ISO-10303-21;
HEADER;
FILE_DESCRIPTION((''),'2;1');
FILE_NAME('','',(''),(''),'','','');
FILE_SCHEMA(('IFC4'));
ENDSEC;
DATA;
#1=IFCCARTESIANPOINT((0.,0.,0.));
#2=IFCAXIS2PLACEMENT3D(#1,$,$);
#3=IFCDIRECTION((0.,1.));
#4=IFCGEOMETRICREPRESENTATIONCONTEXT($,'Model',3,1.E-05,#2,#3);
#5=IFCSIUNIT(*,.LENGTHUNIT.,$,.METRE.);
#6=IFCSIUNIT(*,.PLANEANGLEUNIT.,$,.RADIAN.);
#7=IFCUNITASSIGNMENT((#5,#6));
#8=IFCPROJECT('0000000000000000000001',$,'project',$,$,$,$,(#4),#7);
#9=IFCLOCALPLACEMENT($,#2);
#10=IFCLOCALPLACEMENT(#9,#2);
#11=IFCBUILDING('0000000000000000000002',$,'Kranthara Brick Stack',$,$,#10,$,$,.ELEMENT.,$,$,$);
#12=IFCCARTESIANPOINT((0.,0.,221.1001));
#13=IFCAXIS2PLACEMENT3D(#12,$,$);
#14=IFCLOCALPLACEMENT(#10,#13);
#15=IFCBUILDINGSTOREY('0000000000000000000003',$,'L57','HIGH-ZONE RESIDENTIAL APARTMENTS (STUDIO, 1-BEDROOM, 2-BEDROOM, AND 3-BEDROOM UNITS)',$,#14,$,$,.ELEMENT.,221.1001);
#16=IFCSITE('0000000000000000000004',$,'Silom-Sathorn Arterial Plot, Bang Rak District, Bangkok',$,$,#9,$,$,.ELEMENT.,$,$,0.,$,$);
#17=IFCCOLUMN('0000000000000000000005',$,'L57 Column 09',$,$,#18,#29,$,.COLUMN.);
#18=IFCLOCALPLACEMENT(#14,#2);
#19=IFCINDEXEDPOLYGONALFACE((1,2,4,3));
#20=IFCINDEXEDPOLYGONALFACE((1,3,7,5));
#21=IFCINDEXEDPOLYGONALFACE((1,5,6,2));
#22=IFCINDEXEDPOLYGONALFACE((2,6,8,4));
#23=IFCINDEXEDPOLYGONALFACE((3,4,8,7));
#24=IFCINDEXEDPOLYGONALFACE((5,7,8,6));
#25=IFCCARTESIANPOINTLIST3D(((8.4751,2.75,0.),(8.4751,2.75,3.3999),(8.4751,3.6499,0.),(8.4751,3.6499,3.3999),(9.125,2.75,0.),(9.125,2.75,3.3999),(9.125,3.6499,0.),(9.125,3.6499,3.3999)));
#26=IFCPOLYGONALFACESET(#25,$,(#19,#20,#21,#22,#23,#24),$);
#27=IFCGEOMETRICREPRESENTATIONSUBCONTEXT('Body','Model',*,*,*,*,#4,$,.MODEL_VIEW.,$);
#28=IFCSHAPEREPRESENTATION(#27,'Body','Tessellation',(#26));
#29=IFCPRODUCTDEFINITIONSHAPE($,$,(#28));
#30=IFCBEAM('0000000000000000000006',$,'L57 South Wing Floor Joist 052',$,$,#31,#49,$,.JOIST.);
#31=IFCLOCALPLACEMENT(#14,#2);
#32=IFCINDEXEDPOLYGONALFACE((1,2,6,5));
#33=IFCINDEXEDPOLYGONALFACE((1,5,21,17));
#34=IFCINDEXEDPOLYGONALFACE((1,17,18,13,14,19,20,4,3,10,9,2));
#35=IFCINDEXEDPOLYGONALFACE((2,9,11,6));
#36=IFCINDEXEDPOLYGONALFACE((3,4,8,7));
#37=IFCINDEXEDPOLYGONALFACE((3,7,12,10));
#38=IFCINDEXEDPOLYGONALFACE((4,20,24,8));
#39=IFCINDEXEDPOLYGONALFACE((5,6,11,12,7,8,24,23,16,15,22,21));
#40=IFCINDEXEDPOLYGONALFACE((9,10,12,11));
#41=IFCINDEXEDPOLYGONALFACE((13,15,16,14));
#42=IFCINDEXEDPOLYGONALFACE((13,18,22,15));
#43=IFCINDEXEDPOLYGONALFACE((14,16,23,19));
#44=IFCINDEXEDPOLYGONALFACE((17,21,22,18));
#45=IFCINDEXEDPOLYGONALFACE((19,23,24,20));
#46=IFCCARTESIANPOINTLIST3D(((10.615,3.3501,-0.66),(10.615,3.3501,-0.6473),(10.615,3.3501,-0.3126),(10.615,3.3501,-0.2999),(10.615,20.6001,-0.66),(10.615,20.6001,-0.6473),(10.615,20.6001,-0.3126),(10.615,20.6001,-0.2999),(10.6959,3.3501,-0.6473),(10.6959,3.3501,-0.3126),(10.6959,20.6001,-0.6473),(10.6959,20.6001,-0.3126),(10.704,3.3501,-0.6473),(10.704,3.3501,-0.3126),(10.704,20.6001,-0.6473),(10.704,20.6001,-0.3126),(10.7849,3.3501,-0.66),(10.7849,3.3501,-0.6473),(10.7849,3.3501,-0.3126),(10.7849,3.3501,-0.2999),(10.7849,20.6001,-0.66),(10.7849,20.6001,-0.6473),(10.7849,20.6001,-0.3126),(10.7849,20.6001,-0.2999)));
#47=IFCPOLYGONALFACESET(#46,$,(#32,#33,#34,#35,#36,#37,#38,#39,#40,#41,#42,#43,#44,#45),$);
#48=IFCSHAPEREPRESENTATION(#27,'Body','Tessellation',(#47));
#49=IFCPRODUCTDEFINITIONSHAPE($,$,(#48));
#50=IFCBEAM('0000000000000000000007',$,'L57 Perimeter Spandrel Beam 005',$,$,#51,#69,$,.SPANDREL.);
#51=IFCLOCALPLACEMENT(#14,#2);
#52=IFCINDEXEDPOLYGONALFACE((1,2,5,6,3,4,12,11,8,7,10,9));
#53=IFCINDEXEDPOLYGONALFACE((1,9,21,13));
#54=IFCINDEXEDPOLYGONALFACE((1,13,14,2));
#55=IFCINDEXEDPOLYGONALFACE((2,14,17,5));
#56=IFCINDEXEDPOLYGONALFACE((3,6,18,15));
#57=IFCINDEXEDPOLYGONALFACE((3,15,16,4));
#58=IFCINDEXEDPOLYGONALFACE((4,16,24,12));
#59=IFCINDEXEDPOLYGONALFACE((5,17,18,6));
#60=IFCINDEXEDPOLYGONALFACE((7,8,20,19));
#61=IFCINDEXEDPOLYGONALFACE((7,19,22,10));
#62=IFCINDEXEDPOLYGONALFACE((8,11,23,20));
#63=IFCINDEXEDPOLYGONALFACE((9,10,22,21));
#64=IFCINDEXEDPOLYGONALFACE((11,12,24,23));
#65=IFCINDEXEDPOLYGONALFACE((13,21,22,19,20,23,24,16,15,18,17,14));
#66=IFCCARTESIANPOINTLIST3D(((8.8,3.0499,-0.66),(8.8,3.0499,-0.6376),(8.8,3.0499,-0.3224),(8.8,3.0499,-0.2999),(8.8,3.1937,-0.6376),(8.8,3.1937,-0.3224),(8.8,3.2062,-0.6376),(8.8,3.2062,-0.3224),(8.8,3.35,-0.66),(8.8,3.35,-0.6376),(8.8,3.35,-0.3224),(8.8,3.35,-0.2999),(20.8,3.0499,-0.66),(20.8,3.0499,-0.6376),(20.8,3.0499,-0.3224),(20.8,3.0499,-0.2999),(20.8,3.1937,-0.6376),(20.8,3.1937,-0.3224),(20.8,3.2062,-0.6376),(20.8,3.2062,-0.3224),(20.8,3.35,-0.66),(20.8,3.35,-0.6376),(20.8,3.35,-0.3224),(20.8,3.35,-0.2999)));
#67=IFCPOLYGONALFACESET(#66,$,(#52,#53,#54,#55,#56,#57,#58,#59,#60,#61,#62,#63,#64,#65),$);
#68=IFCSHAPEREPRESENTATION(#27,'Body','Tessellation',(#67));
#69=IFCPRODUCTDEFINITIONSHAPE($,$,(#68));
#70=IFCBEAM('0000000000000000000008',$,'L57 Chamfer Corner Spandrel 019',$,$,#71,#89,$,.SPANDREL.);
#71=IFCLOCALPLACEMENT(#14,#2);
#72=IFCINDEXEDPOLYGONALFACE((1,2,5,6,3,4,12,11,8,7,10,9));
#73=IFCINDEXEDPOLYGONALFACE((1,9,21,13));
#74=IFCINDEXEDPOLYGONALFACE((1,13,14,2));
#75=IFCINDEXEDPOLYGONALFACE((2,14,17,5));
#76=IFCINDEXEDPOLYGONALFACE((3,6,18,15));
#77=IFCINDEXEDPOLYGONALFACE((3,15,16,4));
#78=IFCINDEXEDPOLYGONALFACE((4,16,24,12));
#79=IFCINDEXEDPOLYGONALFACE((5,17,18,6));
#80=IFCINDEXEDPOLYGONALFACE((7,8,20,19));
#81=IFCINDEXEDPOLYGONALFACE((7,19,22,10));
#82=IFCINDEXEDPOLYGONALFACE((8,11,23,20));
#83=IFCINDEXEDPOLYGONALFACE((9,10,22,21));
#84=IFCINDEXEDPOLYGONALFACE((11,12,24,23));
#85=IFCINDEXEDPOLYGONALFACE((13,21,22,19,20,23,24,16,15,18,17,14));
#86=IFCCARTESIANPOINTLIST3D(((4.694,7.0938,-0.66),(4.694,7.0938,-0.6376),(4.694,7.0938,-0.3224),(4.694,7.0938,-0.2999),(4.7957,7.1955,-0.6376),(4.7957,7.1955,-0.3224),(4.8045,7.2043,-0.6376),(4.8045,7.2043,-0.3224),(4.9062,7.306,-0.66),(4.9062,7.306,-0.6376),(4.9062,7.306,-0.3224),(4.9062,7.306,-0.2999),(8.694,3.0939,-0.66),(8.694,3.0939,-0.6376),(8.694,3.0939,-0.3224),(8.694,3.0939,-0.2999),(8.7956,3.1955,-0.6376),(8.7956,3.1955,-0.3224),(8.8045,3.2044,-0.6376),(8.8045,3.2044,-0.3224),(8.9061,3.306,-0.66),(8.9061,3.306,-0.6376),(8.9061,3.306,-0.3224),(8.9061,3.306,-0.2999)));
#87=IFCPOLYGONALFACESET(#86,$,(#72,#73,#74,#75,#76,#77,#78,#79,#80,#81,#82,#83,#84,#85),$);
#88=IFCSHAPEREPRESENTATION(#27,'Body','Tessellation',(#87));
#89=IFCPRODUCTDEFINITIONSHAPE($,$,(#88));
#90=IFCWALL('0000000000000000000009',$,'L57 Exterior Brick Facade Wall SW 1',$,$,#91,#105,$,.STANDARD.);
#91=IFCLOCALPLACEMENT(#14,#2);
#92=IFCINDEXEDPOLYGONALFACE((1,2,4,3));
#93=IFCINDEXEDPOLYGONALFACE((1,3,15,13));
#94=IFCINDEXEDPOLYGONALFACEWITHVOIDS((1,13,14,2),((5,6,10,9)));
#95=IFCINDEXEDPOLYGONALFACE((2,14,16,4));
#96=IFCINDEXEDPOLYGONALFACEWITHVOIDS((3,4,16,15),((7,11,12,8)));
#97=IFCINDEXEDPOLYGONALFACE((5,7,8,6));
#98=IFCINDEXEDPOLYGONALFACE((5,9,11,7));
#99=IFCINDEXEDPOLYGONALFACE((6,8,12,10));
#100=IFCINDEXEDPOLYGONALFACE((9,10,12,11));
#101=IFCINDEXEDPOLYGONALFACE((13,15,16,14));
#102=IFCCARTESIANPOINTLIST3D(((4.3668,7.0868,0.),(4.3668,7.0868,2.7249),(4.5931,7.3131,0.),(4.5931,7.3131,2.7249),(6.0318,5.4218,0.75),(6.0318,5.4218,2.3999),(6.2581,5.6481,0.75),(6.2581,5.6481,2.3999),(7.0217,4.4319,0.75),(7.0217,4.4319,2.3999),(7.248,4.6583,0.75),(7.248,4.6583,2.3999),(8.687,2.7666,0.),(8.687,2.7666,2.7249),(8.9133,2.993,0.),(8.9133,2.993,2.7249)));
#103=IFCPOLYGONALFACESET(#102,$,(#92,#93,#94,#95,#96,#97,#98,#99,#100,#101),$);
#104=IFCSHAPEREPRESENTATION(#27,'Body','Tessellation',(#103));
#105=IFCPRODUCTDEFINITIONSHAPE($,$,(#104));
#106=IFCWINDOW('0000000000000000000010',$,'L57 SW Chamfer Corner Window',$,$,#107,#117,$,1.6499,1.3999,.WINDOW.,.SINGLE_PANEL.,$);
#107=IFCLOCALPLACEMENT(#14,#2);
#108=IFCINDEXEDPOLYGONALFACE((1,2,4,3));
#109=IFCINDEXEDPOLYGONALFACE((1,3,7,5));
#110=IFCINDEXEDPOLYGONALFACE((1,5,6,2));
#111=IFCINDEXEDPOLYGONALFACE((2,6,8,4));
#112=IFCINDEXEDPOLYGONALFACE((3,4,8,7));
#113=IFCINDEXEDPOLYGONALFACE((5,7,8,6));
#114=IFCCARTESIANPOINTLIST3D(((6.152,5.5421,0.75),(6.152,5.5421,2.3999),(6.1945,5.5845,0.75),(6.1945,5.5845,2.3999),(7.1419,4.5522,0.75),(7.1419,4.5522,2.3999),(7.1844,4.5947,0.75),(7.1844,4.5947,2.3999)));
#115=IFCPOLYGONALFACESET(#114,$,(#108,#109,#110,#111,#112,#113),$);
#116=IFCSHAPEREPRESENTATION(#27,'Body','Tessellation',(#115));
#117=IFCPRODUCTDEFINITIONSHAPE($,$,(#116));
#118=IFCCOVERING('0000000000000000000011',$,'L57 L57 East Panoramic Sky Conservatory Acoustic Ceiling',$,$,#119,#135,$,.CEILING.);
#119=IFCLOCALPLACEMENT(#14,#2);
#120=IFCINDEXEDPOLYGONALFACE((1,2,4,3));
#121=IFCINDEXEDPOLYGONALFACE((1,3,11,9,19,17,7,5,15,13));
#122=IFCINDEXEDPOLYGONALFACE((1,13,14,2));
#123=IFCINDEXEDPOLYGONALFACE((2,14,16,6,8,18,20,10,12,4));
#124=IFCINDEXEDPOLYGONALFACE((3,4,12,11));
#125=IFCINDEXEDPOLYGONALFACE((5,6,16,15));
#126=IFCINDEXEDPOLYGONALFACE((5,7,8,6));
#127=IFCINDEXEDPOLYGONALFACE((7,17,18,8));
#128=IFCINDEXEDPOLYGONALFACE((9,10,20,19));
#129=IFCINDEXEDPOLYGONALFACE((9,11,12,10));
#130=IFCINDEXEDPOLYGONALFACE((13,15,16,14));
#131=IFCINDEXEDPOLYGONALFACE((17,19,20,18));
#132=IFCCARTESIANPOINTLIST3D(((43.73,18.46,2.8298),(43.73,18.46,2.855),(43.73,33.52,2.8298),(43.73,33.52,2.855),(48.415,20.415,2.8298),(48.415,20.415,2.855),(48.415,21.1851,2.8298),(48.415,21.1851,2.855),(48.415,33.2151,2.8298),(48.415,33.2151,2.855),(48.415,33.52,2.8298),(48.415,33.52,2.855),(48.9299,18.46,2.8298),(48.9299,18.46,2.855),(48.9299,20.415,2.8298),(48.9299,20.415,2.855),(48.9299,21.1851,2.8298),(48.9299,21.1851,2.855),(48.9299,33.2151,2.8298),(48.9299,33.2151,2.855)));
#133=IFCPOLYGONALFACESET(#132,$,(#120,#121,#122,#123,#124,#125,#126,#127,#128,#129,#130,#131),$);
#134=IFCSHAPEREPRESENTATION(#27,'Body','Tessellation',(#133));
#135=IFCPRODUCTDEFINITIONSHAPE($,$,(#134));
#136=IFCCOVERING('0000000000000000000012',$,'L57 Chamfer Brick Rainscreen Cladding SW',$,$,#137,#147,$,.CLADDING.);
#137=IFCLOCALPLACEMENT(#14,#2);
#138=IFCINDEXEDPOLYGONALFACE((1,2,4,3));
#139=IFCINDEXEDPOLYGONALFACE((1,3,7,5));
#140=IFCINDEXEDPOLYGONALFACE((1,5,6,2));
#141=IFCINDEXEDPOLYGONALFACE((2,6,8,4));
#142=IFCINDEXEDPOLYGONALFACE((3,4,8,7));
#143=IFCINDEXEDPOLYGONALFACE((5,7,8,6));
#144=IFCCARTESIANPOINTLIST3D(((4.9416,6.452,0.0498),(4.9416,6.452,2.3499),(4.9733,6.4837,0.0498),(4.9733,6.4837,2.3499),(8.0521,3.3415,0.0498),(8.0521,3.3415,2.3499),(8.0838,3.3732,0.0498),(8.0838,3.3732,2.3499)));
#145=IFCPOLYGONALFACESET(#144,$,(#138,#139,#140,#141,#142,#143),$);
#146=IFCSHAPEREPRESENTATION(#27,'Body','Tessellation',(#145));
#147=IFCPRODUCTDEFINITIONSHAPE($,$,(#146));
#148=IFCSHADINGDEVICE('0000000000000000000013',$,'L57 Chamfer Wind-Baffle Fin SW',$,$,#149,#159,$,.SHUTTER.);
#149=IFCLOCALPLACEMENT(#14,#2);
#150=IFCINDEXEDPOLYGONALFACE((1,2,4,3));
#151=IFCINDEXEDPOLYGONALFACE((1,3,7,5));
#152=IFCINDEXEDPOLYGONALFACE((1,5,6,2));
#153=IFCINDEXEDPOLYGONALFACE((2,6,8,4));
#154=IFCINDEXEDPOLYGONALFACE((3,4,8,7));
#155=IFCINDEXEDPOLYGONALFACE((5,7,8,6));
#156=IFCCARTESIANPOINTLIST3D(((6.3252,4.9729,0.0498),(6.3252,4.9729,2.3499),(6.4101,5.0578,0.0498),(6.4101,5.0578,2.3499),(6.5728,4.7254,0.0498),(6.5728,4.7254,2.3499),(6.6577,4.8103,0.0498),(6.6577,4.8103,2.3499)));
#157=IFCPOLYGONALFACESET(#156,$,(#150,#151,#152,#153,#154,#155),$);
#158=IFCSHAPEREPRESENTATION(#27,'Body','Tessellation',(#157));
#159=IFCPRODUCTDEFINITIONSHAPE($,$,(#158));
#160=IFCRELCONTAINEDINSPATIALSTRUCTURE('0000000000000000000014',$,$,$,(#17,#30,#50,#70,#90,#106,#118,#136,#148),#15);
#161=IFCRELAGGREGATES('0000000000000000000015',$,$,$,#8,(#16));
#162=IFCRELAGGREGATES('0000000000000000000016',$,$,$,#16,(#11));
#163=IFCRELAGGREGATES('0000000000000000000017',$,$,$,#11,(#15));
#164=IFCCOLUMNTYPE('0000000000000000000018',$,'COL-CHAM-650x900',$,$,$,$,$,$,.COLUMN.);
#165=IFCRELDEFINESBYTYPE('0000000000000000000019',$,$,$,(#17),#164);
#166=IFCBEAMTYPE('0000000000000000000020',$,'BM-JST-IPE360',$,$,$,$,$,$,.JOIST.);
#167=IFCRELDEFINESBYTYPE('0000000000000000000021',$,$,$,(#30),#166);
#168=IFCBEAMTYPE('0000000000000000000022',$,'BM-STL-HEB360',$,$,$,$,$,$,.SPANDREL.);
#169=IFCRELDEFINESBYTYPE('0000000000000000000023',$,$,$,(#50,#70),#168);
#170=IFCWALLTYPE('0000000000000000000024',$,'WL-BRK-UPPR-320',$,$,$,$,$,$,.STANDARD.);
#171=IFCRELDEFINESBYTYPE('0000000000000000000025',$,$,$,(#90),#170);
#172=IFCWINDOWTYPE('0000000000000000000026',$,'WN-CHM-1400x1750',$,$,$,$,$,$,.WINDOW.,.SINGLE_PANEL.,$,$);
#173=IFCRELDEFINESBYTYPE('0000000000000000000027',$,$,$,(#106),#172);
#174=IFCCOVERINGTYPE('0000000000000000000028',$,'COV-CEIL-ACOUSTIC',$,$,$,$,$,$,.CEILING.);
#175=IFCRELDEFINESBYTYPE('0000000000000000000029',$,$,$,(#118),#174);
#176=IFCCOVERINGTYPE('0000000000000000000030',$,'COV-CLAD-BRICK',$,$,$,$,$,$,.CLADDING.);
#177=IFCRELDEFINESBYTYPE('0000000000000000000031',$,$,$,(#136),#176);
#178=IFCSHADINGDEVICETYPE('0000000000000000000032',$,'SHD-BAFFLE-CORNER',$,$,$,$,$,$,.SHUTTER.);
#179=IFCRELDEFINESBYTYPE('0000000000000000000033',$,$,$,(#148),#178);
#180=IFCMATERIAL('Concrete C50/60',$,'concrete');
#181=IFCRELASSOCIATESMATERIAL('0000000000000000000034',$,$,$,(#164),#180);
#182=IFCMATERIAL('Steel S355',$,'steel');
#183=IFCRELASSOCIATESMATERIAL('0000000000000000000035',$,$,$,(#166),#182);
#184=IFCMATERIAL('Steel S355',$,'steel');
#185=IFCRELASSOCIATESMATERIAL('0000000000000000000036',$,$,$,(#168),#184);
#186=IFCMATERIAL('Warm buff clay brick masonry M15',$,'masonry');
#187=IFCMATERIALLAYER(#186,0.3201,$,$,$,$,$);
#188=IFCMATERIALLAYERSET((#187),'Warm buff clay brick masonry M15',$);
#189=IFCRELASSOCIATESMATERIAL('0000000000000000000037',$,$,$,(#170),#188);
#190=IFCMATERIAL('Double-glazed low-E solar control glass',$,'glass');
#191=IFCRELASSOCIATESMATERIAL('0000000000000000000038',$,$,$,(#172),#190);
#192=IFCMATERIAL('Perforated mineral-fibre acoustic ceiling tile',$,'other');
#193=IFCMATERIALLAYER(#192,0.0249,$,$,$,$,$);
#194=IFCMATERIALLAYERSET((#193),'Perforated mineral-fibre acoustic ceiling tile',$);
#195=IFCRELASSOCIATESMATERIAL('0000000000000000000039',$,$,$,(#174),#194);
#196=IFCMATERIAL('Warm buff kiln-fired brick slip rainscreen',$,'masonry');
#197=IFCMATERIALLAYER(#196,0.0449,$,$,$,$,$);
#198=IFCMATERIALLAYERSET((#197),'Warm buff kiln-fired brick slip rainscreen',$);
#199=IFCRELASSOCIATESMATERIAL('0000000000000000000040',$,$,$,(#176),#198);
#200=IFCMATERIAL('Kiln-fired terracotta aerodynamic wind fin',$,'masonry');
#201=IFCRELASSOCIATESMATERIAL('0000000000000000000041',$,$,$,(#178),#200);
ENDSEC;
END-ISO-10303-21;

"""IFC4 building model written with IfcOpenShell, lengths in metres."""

from ifc_helpers import new_model, si_unit, direction, frame, frame_2d, origin, origin_2d, place, context, subcontext, project, spatial, polyline, rectangle, i_section, outline, extrude, material, layer, layer_set, material_profile, profile_set, type_object, element, fill, save


model = new_model("IFC4")

# Units and contexts
model_context = context("Model", 3, precision=1e-05, world=origin(), true_north=direction((0.0, 1.0)))
body_context = subcontext(model_context, "Body", "Model", "MODEL_VIEW")
ifc_project = project(units=[si_unit("LENGTHUNIT", "METRE"), si_unit("PLANEANGLEUNIT", "RADIAN")], contexts=[model_context])

# Site, building, storey
site_placement = place(None, origin())
site = spatial("IfcSite", under=ifc_project, at=site_placement, Name="Silom-Sathorn Arterial Plot, Bang Rak District, Bangkok", CompositionType="ELEMENT", RefElevation=0.0)
building_placement = place(site_placement, origin())
building = spatial("IfcBuilding", under=site, at=building_placement, Name="Kranthara Brick Stack", CompositionType="ELEMENT")
storey_placement = place(building_placement, frame((0.0, 0.0, 221.1001)))
storey = spatial("IfcBuildingStorey", under=building, at=storey_placement, Name="L57", Description="HIGH-ZONE RESIDENTIAL APARTMENTS (STUDIO, 1-BEDROOM, 2-BEDROOM, AND 3-BEDROOM UNITS)", CompositionType="ELEMENT", Elevation=221.1001)

# Column
ifc_material_1 = material(Name="Concrete C50/60", Category="concrete")
ifc_material_profile_1 = material_profile(ifc_material_1, rectangle(XDim=0.6499, YDim=0.8999, at=origin_2d()), Name="RC 650x900")
ifc_profile_set_1 = profile_set([ifc_material_profile_1], Name="Concrete C50/60")
column_type = type_object("IfcColumnType", Name="COL-CHAM-650x900", PredefinedType="COLUMN", material=ifc_profile_set_1)
column_placement = place(storey_placement, frame((8.8, 3.2, 0.0), z_axis=(0.0, 0.0, 1.0), x_axis=(1.0, 0.0, 0.0)))
element("IfcColumn", 1, at=column_placement, inside=storey, type_object=column_type, Name="L57 Column 09", PredefinedType="COLUMN", context=body_context, shape_type="SweptSolid", body=[
    extrude(rectangle(XDim=0.6499, YDim=0.8999, at=origin_2d()), origin(), (0.0, 0.0, 1.0), 3.3999),
])

# Beams
ifc_material_2 = material(Name="Steel S355", Category="steel")
ifc_material_profile_2 = material_profile(ifc_material_2, i_section(OverallWidth=0.1699, OverallDepth=0.3601, WebThickness=0.0081, FlangeThickness=0.0127, at=origin_2d()), Name="IPE 360")
ifc_profile_set_2 = profile_set([ifc_material_profile_2], Name="Steel S355")
beam_type_1 = type_object("IfcBeamType", Name="BM-JST-IPE360", PredefinedType="JOIST", material=ifc_profile_set_2)
beam_1_placement = place(storey_placement, frame((10.7, 3.3501, -0.48), z_axis=(0.0, 1.0, 0.0), x_axis=(-1.0, 0.0, 0.0)))
element("IfcBeam", 2, at=beam_1_placement, inside=storey, type_object=beam_type_1, Name="L57 South Wing Floor Joist 052", PredefinedType="JOIST", context=body_context, shape_type="SweptSolid", body=[
    extrude(i_section(OverallWidth=0.1699, OverallDepth=0.3601, WebThickness=0.0081, FlangeThickness=0.0127, at=origin_2d()), origin(), (0.0, 0.0, 1.0), 17.25),
])
ifc_material_3 = material(Name="Steel S355", Category="steel")
ifc_material_profile_3 = material_profile(ifc_material_3, i_section(OverallWidth=0.3, OverallDepth=0.3601, WebThickness=0.0125, FlangeThickness=0.0225, at=origin_2d()), Name="HEB 360")
ifc_profile_set_3 = profile_set([ifc_material_profile_3], Name="Steel S355")
beam_type_2 = type_object("IfcBeamType", Name="BM-STL-HEB360", PredefinedType="SPANDREL", material=ifc_profile_set_3)
beam_2_placement = place(storey_placement, frame((8.8, 3.2, -0.48), z_axis=(1.0, 0.0, 0.0), x_axis=(0.0, 1.0, 0.0)))
element("IfcBeam", 3, at=beam_2_placement, inside=storey, type_object=beam_type_2, Name="L57 Perimeter Spandrel Beam 005", PredefinedType="SPANDREL", context=body_context, shape_type="SweptSolid", body=[
    extrude(i_section(OverallWidth=0.3, OverallDepth=0.3601, WebThickness=0.0125, FlangeThickness=0.0225, at=origin_2d()), origin(), (0.0, 0.0, 1.0), 12.0),
])
beam_3_placement = place(storey_placement, frame((8.8, 3.2, -0.48), z_axis=(-0.707107, 0.707107, 0.0), x_axis=(-0.707107, -0.707107, 0.0)))
element("IfcBeam", 4, at=beam_3_placement, inside=storey, type_object=beam_type_2, Name="L57 Chamfer Corner Spandrel 019", PredefinedType="SPANDREL", context=body_context, shape_type="SweptSolid", body=[
    extrude(i_section(OverallWidth=0.3, OverallDepth=0.3601, WebThickness=0.0125, FlangeThickness=0.0225, at=origin_2d()), origin(), (0.0, 0.0, 1.0), 5.6567),
])

# Wall, opening, window
ifc_material_4 = material(Name="Warm buff clay brick masonry M15", Category="masonry")
ifc_layer_1 = layer(ifc_material_4, 0.3201)
ifc_layer_set_1 = layer_set([ifc_layer_1], Name="Warm buff clay brick masonry M15")
wall_type = type_object("IfcWallType", Name="WL-BRK-UPPR-320", PredefinedType="STANDARD", material=ifc_layer_set_1)
wall_placement = place(storey_placement, frame((8.8, 2.8799, 0.0), z_axis=(0.0, 0.0, 1.0), x_axis=(-0.707107, 0.707107, 0.0)))
wall = element("IfcWall", 5, at=wall_placement, inside=storey, type_object=wall_type, Name="L57 Exterior Brick Facade Wall SW 1", PredefinedType="STANDARD", context=body_context, shape_type="SweptSolid", body=[
    extrude(rectangle(XDim=6.1096, YDim=0.3201, at=frame_2d((3.0547, 0.0))), origin(), (0.0, 0.0, 1.0), 2.7249),
])
opening_placement = place(wall_placement, frame((2.355, 0.0, 0.75)))
opening = element("IfcOpeningElement", 6, at=opening_placement, cuts=wall, PredefinedType="OPENING", context=body_context, shape_type="SweptSolid", body=[
    extrude(rectangle(XDim=1.3999, YDim=1.6499, at=frame_2d((0.7, 0.825))), frame((0.0, 0.1699, 0.0), z_axis=(0.0, -1.0, 0.0), x_axis=(1.0, 0.0, 0.0)), (0.0, 0.0, 1.0), 0.3401),
])
ifc_material_5 = material(Name="Double-glazed low-E solar control glass", Category="glass")
window_type = type_object("IfcWindowType", Name="WN-CHM-1400x1750", PartitioningType="SINGLE_PANEL", PredefinedType="WINDOW", material=ifc_material_5)
window_placement = place(opening_placement, origin())
window = element("IfcWindow", 7, at=window_placement, inside=storey, type_object=window_type, Name="L57 SW Chamfer Corner Window", OverallHeight=1.6499, OverallWidth=1.3999, PartitioningType="SINGLE_PANEL", PredefinedType="WINDOW", context=body_context, shape_type="SweptSolid", body=[
    extrude(rectangle(XDim=1.3999, YDim=1.6499, at=frame_2d((0.7, 0.825))), frame((0.0, -0.01, 0.0), z_axis=(0.0, -1.0, 0.0), x_axis=(1.0, 0.0, 0.0)), (0.0, 0.0, 1.0), 0.0601),
])
fill(opening, window)

# Coverings
ifc_material_6 = material(Name="Perforated mineral-fibre acoustic ceiling tile", Category="other")
ifc_layer_2 = layer(ifc_material_6, 0.0249)
ifc_layer_set_2 = layer_set([ifc_layer_2], Name="Perforated mineral-fibre acoustic ceiling tile")
covering_type_1 = type_object("IfcCoveringType", Name="COV-CEIL-ACOUSTIC", PredefinedType="CEILING", material=ifc_layer_set_2)
covering_1_placement = place(storey_placement, frame((0.0, 0.0, 2.8298)))
element("IfcCovering", 8, at=covering_1_placement, inside=storey, type_object=covering_type_1, Name="L57 L57 East Panoramic Sky Conservatory Acoustic Ceiling", PredefinedType="CEILING", context=body_context, shape_type="SweptSolid", body=[
    extrude(outline(polyline([(43.73, 18.46), (43.73, 33.52), (48.415, 33.52), (48.415, 33.2151), (48.9299, 33.2151), (48.9299, 21.1851), (48.415, 21.1851), (48.415, 20.415), (48.9299, 20.415), (48.9299, 18.46), (43.73, 18.46)])), origin(), (0.0, 0.0, 1.0), 0.0251),
])
ifc_material_7 = material(Name="Warm buff kiln-fired brick slip rainscreen", Category="masonry")
ifc_layer_3 = layer(ifc_material_7, 0.0449)
ifc_layer_set_3 = layer_set([ifc_layer_3], Name="Warm buff kiln-fired brick slip rainscreen")
covering_type_2 = type_object("IfcCoveringType", Name="COV-CLAD-BRICK", PredefinedType="CLADDING", material=ifc_layer_set_3)
covering_2_placement = place(storey_placement, frame((6.5127, 4.9126, 0.0498), z_axis=(0.0, 0.0, 1.0), x_axis=(-0.707107, 0.707107, 0.0)))
element("IfcCovering", 9, at=covering_2_placement, inside=storey, type_object=covering_type_2, Name="L57 Chamfer Brick Rainscreen Cladding SW", PredefinedType="CLADDING", context=body_context, shape_type="SweptSolid", body=[
    extrude(rectangle(XDim=4.3989, YDim=0.0449, at=origin_2d()), origin(), (0.0, 0.0, 1.0), 2.3),
])

# Shading device
ifc_material_8 = material(Name="Kiln-fired terracotta aerodynamic wind fin", Category="masonry")
shading_device_type = type_object("IfcShadingDeviceType", Name="SHD-BAFFLE-CORNER", PredefinedType="SHUTTER", material=ifc_material_8)
shading_device_placement = place(storey_placement, frame((6.4915, 4.8916, 0.0498), z_axis=(0.0, 0.0, 1.0), x_axis=(-0.707107, 0.707107, 0.0)))
element("IfcShadingDevice", 10, at=shading_device_placement, inside=storey, type_object=shading_device_type, Name="L57 Chamfer Wind-Baffle Fin SW", PredefinedType="SHUTTER", context=body_context, shape_type="SweptSolid", body=[
    extrude(rectangle(XDim=0.3501, YDim=0.1201, at=origin_2d()), origin(), (0.0, 0.0, 1.0), 2.3),
])

save(model, "model.ifc")
